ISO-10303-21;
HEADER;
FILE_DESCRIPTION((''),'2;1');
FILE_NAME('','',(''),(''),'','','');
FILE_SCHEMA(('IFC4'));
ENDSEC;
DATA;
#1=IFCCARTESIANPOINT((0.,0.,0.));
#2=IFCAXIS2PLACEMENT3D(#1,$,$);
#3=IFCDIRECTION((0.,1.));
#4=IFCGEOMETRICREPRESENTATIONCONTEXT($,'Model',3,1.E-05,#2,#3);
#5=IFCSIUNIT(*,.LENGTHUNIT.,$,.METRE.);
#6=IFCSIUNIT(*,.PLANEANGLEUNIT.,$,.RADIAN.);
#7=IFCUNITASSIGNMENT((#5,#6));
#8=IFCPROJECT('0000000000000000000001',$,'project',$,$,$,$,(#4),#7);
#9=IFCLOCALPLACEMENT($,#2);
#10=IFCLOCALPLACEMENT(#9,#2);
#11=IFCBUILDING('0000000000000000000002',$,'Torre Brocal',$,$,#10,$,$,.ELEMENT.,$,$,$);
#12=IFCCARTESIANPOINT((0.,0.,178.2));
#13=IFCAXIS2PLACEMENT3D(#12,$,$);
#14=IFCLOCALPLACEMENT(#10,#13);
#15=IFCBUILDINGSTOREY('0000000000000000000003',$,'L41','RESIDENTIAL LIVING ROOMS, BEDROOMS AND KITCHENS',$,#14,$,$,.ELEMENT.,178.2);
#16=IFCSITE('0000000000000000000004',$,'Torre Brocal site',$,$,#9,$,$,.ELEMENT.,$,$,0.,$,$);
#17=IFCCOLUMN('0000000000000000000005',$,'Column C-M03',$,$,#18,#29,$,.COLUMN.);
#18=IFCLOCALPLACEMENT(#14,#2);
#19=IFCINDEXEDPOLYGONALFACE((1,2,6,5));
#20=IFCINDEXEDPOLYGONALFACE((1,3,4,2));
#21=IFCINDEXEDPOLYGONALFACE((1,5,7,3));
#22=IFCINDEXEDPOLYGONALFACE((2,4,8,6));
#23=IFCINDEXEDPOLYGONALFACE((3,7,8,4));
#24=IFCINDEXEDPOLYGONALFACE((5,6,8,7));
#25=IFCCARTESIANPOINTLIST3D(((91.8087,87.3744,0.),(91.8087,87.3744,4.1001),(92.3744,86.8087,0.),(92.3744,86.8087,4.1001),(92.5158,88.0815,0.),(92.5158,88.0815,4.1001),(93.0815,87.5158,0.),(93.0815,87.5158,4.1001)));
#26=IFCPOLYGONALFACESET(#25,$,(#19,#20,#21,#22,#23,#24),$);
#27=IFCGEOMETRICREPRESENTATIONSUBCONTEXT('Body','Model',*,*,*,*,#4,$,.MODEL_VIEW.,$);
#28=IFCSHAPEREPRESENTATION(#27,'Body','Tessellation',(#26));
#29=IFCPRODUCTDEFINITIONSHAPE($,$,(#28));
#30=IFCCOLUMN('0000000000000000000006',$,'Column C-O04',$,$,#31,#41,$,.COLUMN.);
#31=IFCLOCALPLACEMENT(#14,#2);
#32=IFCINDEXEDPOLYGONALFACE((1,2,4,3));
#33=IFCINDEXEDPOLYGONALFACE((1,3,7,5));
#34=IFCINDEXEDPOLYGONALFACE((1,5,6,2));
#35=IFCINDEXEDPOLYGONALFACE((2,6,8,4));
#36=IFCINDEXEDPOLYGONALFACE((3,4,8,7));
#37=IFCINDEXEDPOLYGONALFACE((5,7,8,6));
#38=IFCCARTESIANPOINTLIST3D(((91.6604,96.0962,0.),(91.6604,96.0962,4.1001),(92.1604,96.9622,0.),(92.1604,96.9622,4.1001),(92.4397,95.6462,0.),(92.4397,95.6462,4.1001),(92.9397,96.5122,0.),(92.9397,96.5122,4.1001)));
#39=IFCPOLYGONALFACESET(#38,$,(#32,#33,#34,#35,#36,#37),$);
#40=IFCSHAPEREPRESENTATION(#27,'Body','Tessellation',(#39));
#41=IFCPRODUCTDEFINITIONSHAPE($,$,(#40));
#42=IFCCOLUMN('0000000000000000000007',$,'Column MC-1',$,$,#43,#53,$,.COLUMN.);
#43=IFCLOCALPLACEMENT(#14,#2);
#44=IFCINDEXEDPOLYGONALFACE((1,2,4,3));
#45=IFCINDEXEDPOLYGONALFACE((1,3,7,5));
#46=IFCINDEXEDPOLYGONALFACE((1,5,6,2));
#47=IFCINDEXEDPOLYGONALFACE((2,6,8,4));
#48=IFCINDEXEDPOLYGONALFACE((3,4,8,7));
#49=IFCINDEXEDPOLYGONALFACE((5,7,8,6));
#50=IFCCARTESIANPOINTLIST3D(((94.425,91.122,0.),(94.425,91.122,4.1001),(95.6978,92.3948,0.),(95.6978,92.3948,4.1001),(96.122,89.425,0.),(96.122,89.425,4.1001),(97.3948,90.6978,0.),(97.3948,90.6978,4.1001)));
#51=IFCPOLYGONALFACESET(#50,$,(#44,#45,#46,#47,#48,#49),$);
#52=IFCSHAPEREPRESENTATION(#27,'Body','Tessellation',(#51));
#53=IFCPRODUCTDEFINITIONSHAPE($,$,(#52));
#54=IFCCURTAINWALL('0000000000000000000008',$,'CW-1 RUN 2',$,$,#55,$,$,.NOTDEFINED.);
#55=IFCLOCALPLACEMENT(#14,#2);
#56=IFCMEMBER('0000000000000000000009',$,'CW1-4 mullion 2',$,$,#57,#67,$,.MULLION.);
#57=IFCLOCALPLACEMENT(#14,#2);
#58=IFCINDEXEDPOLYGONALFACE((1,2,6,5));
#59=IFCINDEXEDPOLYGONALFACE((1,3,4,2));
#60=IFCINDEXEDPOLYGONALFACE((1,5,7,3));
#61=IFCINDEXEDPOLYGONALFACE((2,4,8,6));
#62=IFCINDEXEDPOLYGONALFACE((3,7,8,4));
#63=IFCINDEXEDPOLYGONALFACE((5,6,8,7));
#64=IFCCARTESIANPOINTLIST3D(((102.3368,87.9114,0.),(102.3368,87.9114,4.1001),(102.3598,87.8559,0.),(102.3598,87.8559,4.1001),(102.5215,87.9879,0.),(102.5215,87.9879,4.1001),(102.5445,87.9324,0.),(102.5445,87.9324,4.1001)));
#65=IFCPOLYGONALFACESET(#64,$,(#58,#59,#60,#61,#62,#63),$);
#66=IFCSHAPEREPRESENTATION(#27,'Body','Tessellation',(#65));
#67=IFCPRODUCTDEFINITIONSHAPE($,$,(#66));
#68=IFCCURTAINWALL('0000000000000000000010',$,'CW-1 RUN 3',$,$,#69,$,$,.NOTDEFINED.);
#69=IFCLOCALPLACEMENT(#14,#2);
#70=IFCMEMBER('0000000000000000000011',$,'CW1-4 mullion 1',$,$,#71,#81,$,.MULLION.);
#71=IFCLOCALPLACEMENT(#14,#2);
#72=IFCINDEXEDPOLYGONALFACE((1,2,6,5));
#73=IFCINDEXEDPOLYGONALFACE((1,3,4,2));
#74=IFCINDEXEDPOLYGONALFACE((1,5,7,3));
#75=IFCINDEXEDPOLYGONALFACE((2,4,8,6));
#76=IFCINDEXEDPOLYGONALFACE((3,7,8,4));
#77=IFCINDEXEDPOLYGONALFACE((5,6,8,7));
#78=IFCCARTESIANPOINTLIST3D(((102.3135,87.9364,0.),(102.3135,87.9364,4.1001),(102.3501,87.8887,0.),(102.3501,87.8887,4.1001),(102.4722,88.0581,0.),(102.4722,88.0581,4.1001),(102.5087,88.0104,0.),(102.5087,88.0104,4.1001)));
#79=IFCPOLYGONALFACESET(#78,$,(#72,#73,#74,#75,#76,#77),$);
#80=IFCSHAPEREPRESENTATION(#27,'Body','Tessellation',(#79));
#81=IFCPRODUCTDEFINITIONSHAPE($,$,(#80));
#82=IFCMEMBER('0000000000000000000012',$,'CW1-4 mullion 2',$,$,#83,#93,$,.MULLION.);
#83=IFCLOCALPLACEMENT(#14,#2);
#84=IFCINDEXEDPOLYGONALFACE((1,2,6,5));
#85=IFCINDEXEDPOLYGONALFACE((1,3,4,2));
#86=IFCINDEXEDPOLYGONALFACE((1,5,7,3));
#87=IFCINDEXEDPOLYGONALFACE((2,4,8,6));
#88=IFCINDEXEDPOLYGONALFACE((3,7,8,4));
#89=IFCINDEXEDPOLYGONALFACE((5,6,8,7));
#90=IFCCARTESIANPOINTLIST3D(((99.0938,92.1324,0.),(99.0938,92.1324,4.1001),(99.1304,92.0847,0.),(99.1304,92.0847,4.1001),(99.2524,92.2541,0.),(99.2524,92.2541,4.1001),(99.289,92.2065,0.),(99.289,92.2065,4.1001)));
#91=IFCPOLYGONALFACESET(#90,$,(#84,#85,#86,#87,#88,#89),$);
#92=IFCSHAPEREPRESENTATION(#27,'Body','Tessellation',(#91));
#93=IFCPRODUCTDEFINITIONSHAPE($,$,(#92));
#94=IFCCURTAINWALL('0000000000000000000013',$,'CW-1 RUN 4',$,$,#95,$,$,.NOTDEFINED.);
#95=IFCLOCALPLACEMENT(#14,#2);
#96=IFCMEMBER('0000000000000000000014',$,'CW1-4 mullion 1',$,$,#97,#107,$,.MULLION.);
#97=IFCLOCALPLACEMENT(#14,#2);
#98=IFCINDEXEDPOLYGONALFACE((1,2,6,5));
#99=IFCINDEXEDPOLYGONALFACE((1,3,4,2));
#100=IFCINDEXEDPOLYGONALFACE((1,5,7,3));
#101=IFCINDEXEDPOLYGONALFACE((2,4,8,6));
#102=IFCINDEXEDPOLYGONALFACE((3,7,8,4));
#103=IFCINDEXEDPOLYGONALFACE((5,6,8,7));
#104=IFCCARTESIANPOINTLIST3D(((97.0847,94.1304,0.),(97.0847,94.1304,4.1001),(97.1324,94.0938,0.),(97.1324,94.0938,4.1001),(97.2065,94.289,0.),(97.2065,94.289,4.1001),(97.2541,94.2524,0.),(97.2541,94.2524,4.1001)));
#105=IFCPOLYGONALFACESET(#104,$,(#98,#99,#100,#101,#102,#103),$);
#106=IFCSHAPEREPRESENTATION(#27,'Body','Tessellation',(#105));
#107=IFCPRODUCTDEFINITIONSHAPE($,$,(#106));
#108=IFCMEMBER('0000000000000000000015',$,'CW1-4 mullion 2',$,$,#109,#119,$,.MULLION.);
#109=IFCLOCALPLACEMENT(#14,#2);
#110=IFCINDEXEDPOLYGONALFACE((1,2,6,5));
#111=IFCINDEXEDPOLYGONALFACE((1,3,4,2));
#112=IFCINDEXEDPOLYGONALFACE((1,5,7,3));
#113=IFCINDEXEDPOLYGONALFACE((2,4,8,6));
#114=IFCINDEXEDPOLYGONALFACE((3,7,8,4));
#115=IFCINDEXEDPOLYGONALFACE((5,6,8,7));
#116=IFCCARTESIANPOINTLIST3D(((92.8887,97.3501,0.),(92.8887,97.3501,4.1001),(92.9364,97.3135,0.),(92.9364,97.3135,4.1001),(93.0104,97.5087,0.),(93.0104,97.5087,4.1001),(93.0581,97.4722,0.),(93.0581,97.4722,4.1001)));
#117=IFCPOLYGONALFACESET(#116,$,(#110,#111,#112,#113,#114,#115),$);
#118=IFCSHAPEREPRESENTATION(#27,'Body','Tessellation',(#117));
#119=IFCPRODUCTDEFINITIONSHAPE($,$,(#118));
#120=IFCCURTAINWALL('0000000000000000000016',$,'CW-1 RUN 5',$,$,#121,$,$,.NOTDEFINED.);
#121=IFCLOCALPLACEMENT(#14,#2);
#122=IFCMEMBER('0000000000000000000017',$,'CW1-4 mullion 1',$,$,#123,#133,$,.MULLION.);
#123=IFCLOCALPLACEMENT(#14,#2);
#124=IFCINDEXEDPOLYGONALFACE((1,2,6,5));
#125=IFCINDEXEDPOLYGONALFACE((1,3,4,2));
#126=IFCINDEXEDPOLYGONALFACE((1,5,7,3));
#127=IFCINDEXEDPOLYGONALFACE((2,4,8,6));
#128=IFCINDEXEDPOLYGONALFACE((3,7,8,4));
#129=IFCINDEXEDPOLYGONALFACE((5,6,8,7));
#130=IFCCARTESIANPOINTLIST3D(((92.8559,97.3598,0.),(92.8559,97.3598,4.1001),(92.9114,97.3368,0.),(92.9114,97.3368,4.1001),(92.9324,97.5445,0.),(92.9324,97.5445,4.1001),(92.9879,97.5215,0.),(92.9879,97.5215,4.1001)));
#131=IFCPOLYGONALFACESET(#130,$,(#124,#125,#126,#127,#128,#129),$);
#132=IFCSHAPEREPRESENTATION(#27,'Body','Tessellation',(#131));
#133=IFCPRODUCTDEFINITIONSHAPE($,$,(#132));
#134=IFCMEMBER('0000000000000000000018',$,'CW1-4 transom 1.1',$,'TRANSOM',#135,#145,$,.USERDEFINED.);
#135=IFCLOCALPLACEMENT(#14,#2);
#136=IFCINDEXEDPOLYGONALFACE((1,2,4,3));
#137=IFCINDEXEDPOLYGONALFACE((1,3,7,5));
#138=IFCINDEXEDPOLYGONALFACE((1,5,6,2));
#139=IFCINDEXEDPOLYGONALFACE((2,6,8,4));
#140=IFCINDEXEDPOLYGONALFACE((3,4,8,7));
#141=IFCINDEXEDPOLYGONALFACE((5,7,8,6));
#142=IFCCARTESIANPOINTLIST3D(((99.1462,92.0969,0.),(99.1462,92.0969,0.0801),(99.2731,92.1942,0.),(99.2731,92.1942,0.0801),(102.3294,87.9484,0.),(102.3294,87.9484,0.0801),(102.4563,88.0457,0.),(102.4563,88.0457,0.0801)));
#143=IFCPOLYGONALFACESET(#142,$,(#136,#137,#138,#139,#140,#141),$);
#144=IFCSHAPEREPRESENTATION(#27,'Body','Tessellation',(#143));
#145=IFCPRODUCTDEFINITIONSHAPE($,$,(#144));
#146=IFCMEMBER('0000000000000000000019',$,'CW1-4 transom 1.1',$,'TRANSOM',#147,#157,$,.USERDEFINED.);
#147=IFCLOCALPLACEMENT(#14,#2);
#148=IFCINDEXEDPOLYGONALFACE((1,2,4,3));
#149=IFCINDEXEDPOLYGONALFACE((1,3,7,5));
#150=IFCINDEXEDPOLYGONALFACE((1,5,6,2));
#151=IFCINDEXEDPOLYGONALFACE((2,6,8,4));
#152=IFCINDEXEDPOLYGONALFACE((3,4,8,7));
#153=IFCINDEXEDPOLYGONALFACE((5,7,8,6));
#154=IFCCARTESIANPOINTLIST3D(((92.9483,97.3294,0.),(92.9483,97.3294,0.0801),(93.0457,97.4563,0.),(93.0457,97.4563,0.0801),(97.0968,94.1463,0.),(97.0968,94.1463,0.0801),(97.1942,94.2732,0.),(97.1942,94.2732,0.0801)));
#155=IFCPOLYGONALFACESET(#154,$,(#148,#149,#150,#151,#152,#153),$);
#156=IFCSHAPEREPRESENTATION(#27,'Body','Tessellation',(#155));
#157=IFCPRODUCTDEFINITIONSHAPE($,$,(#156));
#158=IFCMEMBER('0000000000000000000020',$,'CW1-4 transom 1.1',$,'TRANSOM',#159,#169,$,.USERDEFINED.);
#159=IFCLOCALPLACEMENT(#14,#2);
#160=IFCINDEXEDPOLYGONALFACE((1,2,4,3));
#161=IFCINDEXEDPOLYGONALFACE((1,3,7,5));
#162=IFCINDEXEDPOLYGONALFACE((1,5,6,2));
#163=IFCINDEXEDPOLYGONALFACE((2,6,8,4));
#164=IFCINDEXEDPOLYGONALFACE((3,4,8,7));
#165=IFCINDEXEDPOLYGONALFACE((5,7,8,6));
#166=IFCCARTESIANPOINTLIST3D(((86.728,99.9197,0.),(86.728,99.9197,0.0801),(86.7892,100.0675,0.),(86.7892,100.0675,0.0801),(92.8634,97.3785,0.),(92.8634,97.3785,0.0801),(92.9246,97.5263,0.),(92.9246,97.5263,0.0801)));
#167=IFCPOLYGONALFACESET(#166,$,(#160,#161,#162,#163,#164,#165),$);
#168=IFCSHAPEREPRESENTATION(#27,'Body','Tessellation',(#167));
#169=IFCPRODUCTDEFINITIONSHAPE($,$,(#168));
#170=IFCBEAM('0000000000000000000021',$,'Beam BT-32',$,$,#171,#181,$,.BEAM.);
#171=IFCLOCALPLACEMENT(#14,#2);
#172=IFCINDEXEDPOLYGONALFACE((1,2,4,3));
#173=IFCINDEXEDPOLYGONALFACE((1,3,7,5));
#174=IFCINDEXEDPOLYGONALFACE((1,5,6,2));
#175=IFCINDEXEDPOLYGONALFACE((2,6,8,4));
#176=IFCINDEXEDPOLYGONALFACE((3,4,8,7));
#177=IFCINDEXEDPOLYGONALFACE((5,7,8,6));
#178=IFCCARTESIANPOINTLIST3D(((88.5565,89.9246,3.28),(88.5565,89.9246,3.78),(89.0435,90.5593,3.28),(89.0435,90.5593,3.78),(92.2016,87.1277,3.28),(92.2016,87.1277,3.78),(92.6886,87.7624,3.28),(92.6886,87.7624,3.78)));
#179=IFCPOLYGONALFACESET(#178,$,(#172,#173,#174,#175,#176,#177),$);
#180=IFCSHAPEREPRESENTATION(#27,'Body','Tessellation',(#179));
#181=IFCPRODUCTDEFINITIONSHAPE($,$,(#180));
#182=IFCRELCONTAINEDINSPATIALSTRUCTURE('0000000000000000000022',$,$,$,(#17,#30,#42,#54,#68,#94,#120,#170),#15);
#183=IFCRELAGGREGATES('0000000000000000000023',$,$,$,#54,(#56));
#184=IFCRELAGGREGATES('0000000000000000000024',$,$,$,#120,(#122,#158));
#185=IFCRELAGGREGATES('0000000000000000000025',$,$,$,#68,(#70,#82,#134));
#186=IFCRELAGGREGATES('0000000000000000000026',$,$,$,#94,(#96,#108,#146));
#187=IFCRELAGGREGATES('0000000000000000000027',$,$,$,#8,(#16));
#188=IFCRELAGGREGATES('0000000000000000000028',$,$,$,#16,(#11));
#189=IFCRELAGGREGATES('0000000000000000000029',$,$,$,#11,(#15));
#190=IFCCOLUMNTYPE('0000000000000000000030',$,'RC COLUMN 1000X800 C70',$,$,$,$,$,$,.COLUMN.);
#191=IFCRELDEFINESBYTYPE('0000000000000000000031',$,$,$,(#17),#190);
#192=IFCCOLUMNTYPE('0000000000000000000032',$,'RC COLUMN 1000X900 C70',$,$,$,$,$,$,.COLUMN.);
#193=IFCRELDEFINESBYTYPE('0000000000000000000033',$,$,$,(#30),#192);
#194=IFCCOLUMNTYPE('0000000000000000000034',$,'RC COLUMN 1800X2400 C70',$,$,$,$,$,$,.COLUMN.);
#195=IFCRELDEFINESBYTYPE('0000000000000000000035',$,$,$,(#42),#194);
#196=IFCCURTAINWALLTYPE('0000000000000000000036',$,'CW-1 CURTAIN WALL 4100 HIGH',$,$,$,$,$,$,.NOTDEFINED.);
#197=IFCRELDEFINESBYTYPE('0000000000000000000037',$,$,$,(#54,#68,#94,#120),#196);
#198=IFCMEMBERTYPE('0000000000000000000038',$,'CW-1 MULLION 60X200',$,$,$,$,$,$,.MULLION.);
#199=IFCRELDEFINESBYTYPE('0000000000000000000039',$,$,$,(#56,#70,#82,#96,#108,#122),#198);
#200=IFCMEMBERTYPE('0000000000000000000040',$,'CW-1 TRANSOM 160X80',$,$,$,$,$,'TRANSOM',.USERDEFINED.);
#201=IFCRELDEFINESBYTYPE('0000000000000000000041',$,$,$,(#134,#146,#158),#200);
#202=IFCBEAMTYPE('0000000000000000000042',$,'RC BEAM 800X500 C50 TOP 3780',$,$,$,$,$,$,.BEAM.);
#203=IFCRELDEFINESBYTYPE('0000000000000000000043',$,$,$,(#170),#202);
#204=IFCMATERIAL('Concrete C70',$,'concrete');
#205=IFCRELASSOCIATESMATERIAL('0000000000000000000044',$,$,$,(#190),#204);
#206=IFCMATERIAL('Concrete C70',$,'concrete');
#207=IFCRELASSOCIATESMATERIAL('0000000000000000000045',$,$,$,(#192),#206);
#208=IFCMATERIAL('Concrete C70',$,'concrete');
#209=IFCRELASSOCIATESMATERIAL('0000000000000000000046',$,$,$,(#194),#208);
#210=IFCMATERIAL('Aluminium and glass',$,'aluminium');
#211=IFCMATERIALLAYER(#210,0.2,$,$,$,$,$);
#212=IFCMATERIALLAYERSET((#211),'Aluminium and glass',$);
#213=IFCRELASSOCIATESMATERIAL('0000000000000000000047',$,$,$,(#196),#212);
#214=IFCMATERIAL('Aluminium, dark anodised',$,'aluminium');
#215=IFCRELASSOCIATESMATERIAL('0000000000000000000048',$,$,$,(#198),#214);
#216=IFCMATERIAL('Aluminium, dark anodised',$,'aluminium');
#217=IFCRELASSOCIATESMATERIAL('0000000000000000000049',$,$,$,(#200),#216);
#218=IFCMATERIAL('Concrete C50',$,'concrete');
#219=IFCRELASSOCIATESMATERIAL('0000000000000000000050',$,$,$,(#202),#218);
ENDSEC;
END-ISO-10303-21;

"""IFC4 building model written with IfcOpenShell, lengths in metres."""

from ifc_helpers import new_model, si_unit, direction, frame, origin, origin_2d, place, context, subcontext, project, spatial, rectangle, extrude, material, layer, layer_set, material_profile, profile_set, type_object, element, aggregate, save


model = new_model("IFC4")

# Units and contexts
model_context = context("Model", 3, precision=1e-05, world=origin(), true_north=direction((0.0, 1.0)))
body_context = subcontext(model_context, "Body", "Model", "MODEL_VIEW")
ifc_project = project(units=[si_unit("LENGTHUNIT", "METRE"), si_unit("PLANEANGLEUNIT", "RADIAN")], contexts=[model_context])

# Site, building, storey
site_placement = place(None, origin())
site = spatial("IfcSite", under=ifc_project, at=site_placement, Name="Torre Brocal site", CompositionType="ELEMENT", RefElevation=0.0)
building_placement = place(site_placement, origin())
building = spatial("IfcBuilding", under=site, at=building_placement, Name="Torre Brocal", CompositionType="ELEMENT")
storey_placement = place(building_placement, frame((0.0, 0.0, 178.2)))
storey = spatial("IfcBuildingStorey", under=building, at=storey_placement, Name="L41", Description="RESIDENTIAL LIVING ROOMS, BEDROOMS AND KITCHENS", CompositionType="ELEMENT", Elevation=178.2)

# Columns
ifc_material_1 = material(Name="Concrete C70", Category="concrete")
ifc_material_profile_1 = material_profile(ifc_material_1, rectangle(XDim=1.0, YDim=0.8, at=origin_2d()), Name="RC 1000X800")
ifc_profile_set_1 = profile_set([ifc_material_profile_1], Name="Concrete C70")
column_type_1 = type_object("IfcColumnType", Name="RC COLUMN 1000X800 C70", PredefinedType="COLUMN", material=ifc_profile_set_1)
column_1_placement = place(storey_placement, frame((92.4451, 87.4451, 0.0), z_axis=(0.0, 0.0, 1.0), x_axis=(0.707107, 0.707107, 0.0)))
element("IfcColumn", 1, at=column_1_placement, inside=storey, type_object=column_type_1, Name="Column C-M03", PredefinedType="COLUMN", context=body_context, shape_type="SweptSolid", body=[
    extrude(rectangle(XDim=1.0, YDim=0.8, at=origin_2d()), origin(), (0.0, 0.0, 1.0), 4.1001),
])
ifc_material_2 = material(Name="Concrete C70", Category="concrete")
ifc_material_profile_2 = material_profile(ifc_material_2, rectangle(XDim=1.0, YDim=0.8999, at=origin_2d()), Name="RC 1000X900")
ifc_profile_set_2 = profile_set([ifc_material_profile_2], Name="Concrete C70")
column_type_2 = type_object("IfcColumnType", Name="RC COLUMN 1000X900 C70", PredefinedType="COLUMN", material=ifc_profile_set_2)
column_2_placement = place(storey_placement, frame((92.3, 96.3042, 0.0), z_axis=(0.0, 0.0, 1.0), x_axis=(0.5, 0.866025, 0.0)))
element("IfcColumn", 2, at=column_2_placement, inside=storey, type_object=column_type_2, Name="Column C-O04", PredefinedType="COLUMN", context=body_context, shape_type="SweptSolid", body=[
    extrude(rectangle(XDim=1.0, YDim=0.8999, at=origin_2d()), origin(), (0.0, 0.0, 1.0), 4.1001),
])
ifc_material_3 = material(Name="Concrete C70", Category="concrete")
ifc_material_profile_3 = material_profile(ifc_material_3, rectangle(XDim=1.8, YDim=2.3999, at=origin_2d()), Name="RC 1800X2400")
ifc_profile_set_3 = profile_set([ifc_material_profile_3], Name="Concrete C70")
column_type_3 = type_object("IfcColumnType", Name="RC COLUMN 1800X2400 C70", PredefinedType="COLUMN", material=ifc_profile_set_3)
column_3_placement = place(storey_placement, frame((95.9099, 90.9099, 0.0), z_axis=(0.0, 0.0, 1.0), x_axis=(0.707107, 0.707107, 0.0)))
element("IfcColumn", 3, at=column_3_placement, inside=storey, type_object=column_type_3, Name="Column MC-1", PredefinedType="COLUMN", context=body_context, shape_type="SweptSolid", body=[
    extrude(rectangle(XDim=1.8, YDim=2.3999, at=origin_2d()), origin(), (0.0, 0.0, 1.0), 4.1001),
])

# Curtain wall, member
ifc_material_4 = material(Name="Aluminium and glass", Category="aluminium")
ifc_layer_1 = layer(ifc_material_4, 0.2)
ifc_layer_set_1 = layer_set([ifc_layer_1], Name="Aluminium and glass")
curtain_wall_type = type_object("IfcCurtainWallType", Name="CW-1 CURTAIN WALL 4100 HIGH", PredefinedType="NOTDEFINED", material=ifc_layer_set_1)
curtain_wall_1_placement = place(storey_placement, origin())
curtain_wall_1 = element("IfcCurtainWall", 4, at=curtain_wall_1_placement, inside=storey, type_object=curtain_wall_type, Name="CW-1 RUN 2", PredefinedType="NOTDEFINED")
ifc_material_5 = material(Name="Aluminium, dark anodised", Category="aluminium")
ifc_material_profile_4 = material_profile(ifc_material_5, rectangle(XDim=0.2, YDim=0.0601, at=origin_2d()), Name="CW-1 MULLION 60X200")
ifc_profile_set_4 = profile_set([ifc_material_profile_4], Name="Aluminium, dark anodised")
member_type_1 = type_object("IfcMemberType", Name="CW-1 MULLION 60X200", PredefinedType="MULLION", material=ifc_profile_set_4)
member_1_placement = place(storey_placement, frame((102.4407, 87.9219, 0.0), z_axis=(0.0, 0.0, 1.0), x_axis=(-0.92388, -0.382683, 0.0)))
member_1 = element("IfcMember", 5, at=member_1_placement, type_object=member_type_1, Name="CW1-4 mullion 2", PredefinedType="MULLION", context=body_context, shape_type="SweptSolid", body=[
    extrude(rectangle(XDim=0.2, YDim=0.0601, at=origin_2d()), origin(), (0.0, 0.0, 1.0), 4.1001),
])
aggregate(curtain_wall_1, [member_1])

# Curtain walls, members
curtain_wall_2_placement = place(storey_placement, origin())
curtain_wall_2 = element("IfcCurtainWall", 6, at=curtain_wall_2_placement, inside=storey, type_object=curtain_wall_type, Name="CW-1 RUN 3", PredefinedType="NOTDEFINED")
member_2_placement = place(storey_placement, frame((102.4111, 87.9734, 0.0), z_axis=(0.0, 0.0, 1.0), x_axis=(-0.793353, -0.608761, 0.0)))
member_2 = element("IfcMember", 7, at=member_2_placement, type_object=member_type_1, Name="CW1-4 mullion 1", PredefinedType="MULLION", context=body_context, shape_type="SweptSolid", body=[
    extrude(rectangle(XDim=0.2, YDim=0.0601, at=origin_2d()), origin(), (0.0, 0.0, 1.0), 4.1001),
])
member_3_placement = place(storey_placement, frame((99.1914, 92.1694, 0.0), z_axis=(0.0, 0.0, 1.0), x_axis=(-0.793353, -0.608761, 0.0)))
member_3 = element("IfcMember", 8, at=member_3_placement, type_object=member_type_1, Name="CW1-4 mullion 2", PredefinedType="MULLION", context=body_context, shape_type="SweptSolid", body=[
    extrude(rectangle(XDim=0.2, YDim=0.0601, at=origin_2d()), origin(), (0.0, 0.0, 1.0), 4.1001),
])
curtain_wall_3_placement = place(storey_placement, origin())
curtain_wall_3 = element("IfcCurtainWall", 9, at=curtain_wall_3_placement, inside=storey, type_object=curtain_wall_type, Name="CW-1 RUN 4", PredefinedType="NOTDEFINED")
member_4_placement = place(storey_placement, frame((97.1694, 94.1914, 0.0), z_axis=(0.0, 0.0, 1.0), x_axis=(-0.608761, -0.793353, 0.0)))
member_4 = element("IfcMember", 10, at=member_4_placement, type_object=member_type_1, Name="CW1-4 mullion 1", PredefinedType="MULLION", context=body_context, shape_type="SweptSolid", body=[
    extrude(rectangle(XDim=0.2, YDim=0.0601, at=origin_2d()), origin(), (0.0, 0.0, 1.0), 4.1001),
])
member_5_placement = place(storey_placement, frame((92.9734, 97.4111, 0.0), z_axis=(0.0, 0.0, 1.0), x_axis=(-0.608761, -0.793353, 0.0)))
member_5 = element("IfcMember", 11, at=member_5_placement, type_object=member_type_1, Name="CW1-4 mullion 2", PredefinedType="MULLION", context=body_context, shape_type="SweptSolid", body=[
    extrude(rectangle(XDim=0.2, YDim=0.0601, at=origin_2d()), origin(), (0.0, 0.0, 1.0), 4.1001),
])

# Curtain wall, member
curtain_wall_4_placement = place(storey_placement, origin())
curtain_wall_4 = element("IfcCurtainWall", 12, at=curtain_wall_4_placement, inside=storey, type_object=curtain_wall_type, Name="CW-1 RUN 5", PredefinedType="NOTDEFINED")
member_6_placement = place(storey_placement, frame((92.9219, 97.4407, 0.0), z_axis=(0.0, 0.0, 1.0), x_axis=(-0.382683, -0.92388, 0.0)))
member_6 = element("IfcMember", 13, at=member_6_placement, type_object=member_type_1, Name="CW1-4 mullion 1", PredefinedType="MULLION", context=body_context, shape_type="SweptSolid", body=[
    extrude(rectangle(XDim=0.2, YDim=0.0601, at=origin_2d()), origin(), (0.0, 0.0, 1.0), 4.1001),
])

# Members
ifc_material_6 = material(Name="Aluminium, dark anodised", Category="aluminium")
ifc_material_profile_5 = material_profile(ifc_material_6, rectangle(XDim=0.1599, YDim=0.0801, at=origin_2d()), Name="CW-1 TRANSOM 160X80")
ifc_profile_set_5 = profile_set([ifc_material_profile_5], Name="Aluminium, dark anodised")
member_type_2 = type_object("IfcMemberType", Name="CW-1 TRANSOM 160X80", ElementType="TRANSOM", PredefinedType="USERDEFINED", material=ifc_profile_set_5)
member_7_placement = place(storey_placement, frame((102.3928, 87.9971, 0.04), z_axis=(-0.608749, 0.793363, 0.0), x_axis=(-0.793363, -0.608749, 0.0)))
member_7 = element("IfcMember", 14, at=member_7_placement, type_object=member_type_2, Name="CW1-4 transom 1.1", ObjectType="TRANSOM", PredefinedType="USERDEFINED", context=body_context, shape_type="SweptSolid", body=[
    extrude(rectangle(XDim=0.1599, YDim=0.0801, at=origin_2d()), origin(), (0.0, 0.0, 1.0), 5.229),
])
member_8_placement = place(storey_placement, frame((97.1455, 94.2097, 0.04), z_axis=(-0.793363, 0.608749, 0.0), x_axis=(-0.608749, -0.793363, 0.0)))
member_8 = element("IfcMember", 15, at=member_8_placement, type_object=member_type_2, Name="CW1-4 transom 1.1", ObjectType="TRANSOM", PredefinedType="USERDEFINED", context=body_context, shape_type="SweptSolid", body=[
    extrude(rectangle(XDim=0.1599, YDim=0.0801, at=origin_2d()), origin(), (0.0, 0.0, 1.0), 5.229),
])
member_9_placement = place(storey_placement, frame((92.894, 97.4524, 0.04), z_axis=(-0.923887, 0.382665, 0.0), x_axis=(-0.382665, -0.923887, 0.0)))
member_9 = element("IfcMember", 16, at=member_9_placement, type_object=member_type_2, Name="CW1-4 transom 1.1", ObjectType="TRANSOM", PredefinedType="USERDEFINED", context=body_context, shape_type="SweptSolid", body=[
    extrude(rectangle(XDim=0.1599, YDim=0.0801, at=origin_2d()), origin(), (0.0, 0.0, 1.0), 6.6409),
])
aggregate(curtain_wall_4, [member_6, member_9])

# Beam
ifc_material_7 = material(Name="Concrete C50", Category="concrete")
ifc_material_profile_6 = material_profile(ifc_material_7, rectangle(XDim=0.8, YDim=0.5, at=origin_2d()), Name="RC 800X500")
ifc_profile_set_6 = profile_set([ifc_material_profile_6], Name="Concrete C50")
beam_type_1 = type_object("IfcBeamType", Name="RC BEAM 800X500 C50 TOP 3780", PredefinedType="BEAM", material=ifc_profile_set_6)
beam_1_placement = place(storey_placement, frame((92.4451, 87.4451, 3.53), z_axis=(-0.793358, 0.608755, 0.0), x_axis=(-0.608755, -0.793358, 0.0)))
element("IfcBeam", 17, at=beam_1_placement, inside=storey, type_object=beam_type_1, Name="Beam BT-32", PredefinedType="BEAM", context=body_context, shape_type="SweptSolid", body=[
    extrude(rectangle(XDim=0.8, YDim=0.5, at=origin_2d()), origin(), (0.0, 0.0, 1.0), 4.5945),
])

aggregate(curtain_wall_2, [member_2, member_3, member_7])
aggregate(curtain_wall_3, [member_4, member_5, member_8])

save(model, "model.ifc")
